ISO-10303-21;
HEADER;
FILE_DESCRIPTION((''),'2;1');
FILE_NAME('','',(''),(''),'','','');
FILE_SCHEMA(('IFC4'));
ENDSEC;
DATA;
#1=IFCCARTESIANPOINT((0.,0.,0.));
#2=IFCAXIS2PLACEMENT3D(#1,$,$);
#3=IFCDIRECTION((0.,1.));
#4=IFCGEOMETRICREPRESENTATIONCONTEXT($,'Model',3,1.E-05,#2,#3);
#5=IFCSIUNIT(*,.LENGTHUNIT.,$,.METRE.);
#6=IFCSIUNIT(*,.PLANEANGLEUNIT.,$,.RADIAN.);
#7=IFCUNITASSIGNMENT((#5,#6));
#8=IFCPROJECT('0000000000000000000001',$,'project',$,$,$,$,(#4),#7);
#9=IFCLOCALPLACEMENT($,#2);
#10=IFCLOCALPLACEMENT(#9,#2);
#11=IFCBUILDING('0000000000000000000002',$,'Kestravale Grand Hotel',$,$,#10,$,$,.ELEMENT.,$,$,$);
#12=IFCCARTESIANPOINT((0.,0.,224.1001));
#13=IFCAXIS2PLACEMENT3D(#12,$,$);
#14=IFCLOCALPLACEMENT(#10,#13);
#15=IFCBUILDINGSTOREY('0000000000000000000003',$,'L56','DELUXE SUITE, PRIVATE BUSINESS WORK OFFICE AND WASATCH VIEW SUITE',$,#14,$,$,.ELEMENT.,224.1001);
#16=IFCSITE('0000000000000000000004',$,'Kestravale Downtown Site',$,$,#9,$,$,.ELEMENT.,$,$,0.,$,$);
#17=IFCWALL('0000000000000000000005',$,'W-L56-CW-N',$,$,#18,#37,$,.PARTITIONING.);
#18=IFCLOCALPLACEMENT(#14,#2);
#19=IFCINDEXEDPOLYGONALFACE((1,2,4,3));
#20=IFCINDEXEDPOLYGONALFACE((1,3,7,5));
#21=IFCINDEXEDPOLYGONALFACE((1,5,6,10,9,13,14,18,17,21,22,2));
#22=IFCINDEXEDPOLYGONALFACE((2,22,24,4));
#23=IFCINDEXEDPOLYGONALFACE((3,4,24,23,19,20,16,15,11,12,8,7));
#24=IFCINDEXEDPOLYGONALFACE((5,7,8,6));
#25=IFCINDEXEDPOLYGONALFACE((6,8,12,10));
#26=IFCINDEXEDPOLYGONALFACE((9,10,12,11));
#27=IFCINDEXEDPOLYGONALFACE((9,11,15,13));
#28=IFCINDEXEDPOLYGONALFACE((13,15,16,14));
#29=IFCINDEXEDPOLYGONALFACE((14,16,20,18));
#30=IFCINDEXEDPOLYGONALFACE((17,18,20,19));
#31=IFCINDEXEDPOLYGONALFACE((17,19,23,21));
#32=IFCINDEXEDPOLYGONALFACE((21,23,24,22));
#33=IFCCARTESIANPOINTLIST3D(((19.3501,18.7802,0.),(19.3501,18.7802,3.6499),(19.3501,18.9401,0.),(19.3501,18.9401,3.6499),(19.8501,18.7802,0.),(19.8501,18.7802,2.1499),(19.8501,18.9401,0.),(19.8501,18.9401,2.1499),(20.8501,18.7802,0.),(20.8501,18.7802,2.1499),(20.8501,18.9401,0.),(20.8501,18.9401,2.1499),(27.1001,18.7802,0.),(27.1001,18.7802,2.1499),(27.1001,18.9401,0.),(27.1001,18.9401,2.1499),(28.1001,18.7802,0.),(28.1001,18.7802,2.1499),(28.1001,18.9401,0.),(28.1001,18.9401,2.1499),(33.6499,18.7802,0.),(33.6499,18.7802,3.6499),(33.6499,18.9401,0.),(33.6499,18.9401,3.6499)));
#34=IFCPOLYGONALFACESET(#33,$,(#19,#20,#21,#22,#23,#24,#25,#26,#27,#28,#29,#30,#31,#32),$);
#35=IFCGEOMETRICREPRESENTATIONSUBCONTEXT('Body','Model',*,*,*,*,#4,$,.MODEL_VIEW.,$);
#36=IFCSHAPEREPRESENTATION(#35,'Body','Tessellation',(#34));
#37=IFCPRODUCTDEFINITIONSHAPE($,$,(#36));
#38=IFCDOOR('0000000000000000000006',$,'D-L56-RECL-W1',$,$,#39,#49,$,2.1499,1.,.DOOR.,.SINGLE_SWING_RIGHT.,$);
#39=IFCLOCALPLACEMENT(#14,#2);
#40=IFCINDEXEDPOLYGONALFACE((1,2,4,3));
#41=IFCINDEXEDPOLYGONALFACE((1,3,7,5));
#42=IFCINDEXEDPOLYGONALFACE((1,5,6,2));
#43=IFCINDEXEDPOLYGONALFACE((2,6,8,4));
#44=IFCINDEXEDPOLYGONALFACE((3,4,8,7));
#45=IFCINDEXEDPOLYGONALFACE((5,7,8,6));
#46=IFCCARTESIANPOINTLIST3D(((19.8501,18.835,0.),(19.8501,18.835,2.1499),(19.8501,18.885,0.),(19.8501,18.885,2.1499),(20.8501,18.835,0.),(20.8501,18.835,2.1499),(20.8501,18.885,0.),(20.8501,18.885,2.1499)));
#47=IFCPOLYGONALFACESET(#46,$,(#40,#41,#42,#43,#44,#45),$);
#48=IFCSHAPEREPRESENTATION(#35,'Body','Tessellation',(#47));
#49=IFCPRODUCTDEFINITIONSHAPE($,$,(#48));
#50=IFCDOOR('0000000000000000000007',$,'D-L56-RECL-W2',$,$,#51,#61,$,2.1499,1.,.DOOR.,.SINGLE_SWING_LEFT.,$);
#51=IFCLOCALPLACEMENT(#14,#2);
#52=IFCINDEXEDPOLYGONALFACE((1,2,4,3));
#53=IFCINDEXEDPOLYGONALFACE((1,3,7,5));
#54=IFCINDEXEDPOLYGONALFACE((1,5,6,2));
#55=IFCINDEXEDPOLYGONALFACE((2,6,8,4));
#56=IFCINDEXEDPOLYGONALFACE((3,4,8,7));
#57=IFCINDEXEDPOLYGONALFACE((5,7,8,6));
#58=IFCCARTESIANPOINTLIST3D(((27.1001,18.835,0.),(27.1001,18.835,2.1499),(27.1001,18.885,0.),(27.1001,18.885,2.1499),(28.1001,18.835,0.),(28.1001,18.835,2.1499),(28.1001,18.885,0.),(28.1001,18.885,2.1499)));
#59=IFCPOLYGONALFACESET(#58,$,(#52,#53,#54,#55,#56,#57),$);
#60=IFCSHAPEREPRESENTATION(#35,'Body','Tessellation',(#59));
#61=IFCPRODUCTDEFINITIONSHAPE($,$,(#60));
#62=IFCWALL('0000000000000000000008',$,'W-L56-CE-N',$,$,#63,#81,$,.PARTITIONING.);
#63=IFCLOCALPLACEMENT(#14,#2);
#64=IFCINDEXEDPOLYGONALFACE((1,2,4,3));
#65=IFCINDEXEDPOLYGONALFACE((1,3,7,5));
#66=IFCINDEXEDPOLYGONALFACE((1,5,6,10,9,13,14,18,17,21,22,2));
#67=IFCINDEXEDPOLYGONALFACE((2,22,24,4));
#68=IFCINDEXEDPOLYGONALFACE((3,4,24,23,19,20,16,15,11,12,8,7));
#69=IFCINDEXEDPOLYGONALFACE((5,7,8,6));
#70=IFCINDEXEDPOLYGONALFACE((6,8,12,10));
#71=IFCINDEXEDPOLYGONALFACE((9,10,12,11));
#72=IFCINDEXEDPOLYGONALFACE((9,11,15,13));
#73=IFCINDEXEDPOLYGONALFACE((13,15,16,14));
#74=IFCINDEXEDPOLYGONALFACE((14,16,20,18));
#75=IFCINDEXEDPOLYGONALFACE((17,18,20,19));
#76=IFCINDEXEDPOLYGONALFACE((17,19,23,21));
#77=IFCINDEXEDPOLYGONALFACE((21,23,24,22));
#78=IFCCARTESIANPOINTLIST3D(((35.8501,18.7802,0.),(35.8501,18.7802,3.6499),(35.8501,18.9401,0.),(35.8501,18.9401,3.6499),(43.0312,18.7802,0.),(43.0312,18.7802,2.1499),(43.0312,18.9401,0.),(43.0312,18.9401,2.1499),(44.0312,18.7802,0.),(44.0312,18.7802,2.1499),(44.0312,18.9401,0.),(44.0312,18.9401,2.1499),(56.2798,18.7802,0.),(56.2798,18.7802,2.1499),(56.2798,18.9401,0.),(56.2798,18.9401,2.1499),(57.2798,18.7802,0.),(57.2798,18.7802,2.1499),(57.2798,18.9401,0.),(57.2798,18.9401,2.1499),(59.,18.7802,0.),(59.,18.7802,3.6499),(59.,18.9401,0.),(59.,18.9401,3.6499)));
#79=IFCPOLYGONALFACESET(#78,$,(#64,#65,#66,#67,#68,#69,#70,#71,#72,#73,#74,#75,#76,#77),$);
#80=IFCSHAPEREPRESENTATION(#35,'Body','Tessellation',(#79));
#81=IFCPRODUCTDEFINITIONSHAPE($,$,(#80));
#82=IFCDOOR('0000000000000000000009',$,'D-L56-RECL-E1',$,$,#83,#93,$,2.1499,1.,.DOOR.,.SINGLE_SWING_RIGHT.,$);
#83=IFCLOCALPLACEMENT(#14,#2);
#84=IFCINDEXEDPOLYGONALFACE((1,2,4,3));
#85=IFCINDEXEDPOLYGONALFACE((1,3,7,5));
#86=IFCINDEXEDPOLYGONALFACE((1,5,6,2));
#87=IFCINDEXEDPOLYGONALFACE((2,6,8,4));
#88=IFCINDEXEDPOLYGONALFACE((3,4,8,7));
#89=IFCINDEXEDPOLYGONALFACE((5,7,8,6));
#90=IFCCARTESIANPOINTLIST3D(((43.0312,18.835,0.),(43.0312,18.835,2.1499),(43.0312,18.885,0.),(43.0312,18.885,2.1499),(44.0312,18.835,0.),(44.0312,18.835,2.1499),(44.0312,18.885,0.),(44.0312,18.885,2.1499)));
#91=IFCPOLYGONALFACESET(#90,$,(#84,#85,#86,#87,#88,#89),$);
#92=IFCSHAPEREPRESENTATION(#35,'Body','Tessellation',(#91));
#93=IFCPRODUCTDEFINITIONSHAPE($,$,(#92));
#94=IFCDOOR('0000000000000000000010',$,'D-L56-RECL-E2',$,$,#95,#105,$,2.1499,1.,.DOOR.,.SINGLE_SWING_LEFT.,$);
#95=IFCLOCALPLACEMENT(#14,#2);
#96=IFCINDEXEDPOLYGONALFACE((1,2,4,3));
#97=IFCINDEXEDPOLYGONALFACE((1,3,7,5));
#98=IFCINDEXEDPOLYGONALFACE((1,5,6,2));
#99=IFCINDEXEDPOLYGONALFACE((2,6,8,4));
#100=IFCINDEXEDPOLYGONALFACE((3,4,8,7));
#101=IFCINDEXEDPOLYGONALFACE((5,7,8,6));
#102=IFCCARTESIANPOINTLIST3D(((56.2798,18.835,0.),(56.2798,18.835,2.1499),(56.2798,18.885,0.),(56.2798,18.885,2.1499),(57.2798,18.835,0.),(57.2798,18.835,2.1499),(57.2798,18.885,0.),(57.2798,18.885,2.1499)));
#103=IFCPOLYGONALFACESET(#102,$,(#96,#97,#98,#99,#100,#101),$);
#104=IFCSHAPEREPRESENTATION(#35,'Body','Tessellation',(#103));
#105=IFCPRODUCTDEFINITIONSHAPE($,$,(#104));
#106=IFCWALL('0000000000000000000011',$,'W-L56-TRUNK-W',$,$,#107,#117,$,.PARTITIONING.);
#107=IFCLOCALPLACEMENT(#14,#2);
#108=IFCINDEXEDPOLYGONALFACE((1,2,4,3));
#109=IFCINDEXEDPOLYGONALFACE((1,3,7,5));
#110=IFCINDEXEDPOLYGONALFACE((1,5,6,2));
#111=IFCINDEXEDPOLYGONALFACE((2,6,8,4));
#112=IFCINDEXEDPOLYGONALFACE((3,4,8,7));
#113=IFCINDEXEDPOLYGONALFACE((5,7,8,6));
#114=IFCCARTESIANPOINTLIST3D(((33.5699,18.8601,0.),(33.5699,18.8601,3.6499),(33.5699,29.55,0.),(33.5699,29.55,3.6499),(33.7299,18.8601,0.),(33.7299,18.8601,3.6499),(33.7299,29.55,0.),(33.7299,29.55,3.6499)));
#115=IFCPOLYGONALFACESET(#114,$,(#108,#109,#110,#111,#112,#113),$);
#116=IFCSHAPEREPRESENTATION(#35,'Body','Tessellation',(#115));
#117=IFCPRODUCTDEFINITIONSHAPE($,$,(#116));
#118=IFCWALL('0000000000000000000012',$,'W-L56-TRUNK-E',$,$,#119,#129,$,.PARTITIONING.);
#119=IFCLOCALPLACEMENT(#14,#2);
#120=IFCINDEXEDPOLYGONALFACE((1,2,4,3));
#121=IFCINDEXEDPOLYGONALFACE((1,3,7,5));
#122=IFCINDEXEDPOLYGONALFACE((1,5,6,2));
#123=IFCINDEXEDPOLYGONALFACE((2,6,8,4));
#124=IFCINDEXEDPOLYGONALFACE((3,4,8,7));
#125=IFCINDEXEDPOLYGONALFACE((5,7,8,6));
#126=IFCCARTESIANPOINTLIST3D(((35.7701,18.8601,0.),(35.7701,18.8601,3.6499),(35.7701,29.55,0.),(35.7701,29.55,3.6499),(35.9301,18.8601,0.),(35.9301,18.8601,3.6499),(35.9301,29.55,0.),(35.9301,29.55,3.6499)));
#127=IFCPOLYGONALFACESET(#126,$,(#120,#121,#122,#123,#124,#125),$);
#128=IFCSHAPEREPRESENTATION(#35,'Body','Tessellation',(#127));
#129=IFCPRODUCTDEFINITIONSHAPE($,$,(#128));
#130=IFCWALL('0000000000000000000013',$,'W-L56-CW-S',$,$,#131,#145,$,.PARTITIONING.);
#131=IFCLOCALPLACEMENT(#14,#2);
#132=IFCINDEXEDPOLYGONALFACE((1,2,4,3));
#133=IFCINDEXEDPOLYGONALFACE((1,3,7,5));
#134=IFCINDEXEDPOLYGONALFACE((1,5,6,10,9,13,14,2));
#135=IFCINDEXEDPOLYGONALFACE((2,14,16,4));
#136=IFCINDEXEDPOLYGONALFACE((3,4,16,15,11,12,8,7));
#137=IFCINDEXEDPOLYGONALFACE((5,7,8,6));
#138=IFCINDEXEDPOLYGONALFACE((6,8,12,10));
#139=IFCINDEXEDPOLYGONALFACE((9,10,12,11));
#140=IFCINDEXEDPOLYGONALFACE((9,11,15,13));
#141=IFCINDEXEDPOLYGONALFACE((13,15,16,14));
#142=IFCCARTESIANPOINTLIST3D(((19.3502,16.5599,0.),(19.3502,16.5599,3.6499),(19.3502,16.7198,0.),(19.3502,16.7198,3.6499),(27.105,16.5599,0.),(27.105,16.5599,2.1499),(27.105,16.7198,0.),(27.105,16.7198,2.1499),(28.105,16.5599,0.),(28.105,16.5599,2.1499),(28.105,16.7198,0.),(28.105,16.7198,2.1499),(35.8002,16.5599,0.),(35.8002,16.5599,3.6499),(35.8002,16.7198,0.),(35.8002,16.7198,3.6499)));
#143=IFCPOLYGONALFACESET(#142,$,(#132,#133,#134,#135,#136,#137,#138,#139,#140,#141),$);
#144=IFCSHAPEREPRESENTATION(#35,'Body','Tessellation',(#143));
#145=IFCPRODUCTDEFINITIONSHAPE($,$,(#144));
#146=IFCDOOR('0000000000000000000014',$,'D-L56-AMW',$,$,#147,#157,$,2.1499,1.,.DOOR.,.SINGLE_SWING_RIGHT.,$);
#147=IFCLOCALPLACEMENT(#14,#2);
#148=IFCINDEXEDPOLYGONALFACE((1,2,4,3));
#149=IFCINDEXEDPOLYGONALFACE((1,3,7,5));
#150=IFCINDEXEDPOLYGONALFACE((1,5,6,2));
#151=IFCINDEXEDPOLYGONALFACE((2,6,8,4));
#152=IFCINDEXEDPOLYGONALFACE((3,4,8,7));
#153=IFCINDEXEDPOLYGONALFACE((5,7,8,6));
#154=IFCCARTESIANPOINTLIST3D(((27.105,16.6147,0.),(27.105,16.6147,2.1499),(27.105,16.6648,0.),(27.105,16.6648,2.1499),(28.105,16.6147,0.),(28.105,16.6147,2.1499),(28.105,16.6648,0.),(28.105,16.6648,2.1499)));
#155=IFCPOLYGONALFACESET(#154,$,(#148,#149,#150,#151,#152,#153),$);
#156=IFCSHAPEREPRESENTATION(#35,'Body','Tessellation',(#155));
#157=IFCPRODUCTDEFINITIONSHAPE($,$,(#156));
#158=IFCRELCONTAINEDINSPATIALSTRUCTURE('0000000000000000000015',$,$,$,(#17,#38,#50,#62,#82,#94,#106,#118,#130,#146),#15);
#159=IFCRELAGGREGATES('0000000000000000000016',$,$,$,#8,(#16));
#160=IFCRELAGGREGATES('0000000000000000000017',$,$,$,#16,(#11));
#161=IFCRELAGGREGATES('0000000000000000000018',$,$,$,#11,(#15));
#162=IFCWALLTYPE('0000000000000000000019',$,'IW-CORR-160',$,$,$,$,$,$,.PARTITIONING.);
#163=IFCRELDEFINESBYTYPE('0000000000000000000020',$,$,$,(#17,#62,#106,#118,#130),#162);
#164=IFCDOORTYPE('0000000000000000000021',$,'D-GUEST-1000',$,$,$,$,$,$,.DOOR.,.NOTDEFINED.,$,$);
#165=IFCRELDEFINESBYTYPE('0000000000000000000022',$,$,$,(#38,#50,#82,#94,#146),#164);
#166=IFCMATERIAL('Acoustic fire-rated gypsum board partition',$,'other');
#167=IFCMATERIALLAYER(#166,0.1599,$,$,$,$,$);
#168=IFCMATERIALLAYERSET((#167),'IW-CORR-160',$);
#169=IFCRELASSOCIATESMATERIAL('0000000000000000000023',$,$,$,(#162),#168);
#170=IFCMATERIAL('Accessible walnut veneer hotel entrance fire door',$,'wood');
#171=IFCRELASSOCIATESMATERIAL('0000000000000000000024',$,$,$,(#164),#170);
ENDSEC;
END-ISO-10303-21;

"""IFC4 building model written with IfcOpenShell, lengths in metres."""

from ifc_helpers import new_model, si_unit, direction, frame, frame_2d, origin, place, context, subcontext, project, spatial, rectangle, extrude, material, layer, layer_set, type_object, element, fill, save


model = new_model("IFC4")

# Units and contexts
model_context = context("Model", 3, precision=1e-05, world=origin(), true_north=direction((0.0, 1.0)))
body_context = subcontext(model_context, "Body", "Model", "MODEL_VIEW")
ifc_project = project(units=[si_unit("LENGTHUNIT", "METRE"), si_unit("PLANEANGLEUNIT", "RADIAN")], contexts=[model_context])

# Site, building, storey
site_placement = place(None, origin())
site = spatial("IfcSite", under=ifc_project, at=site_placement, Name="Kestravale Downtown Site", CompositionType="ELEMENT", RefElevation=0.0)
building_placement = place(site_placement, origin())
building = spatial("IfcBuilding", under=site, at=building_placement, Name="Kestravale Grand Hotel", CompositionType="ELEMENT")
storey_placement = place(building_placement, frame((0.0, 0.0, 224.1001)))
storey = spatial("IfcBuildingStorey", under=building, at=storey_placement, Name="L56", Description="DELUXE SUITE, PRIVATE BUSINESS WORK OFFICE AND WASATCH VIEW SUITE", CompositionType="ELEMENT", Elevation=224.1001)

# Walls, openings, doors
ifc_material_1 = material(Name="Acoustic fire-rated gypsum board partition", Category="other")
ifc_layer_1 = layer(ifc_material_1, 0.1599)
ifc_layer_set_1 = layer_set([ifc_layer_1], Name="IW-CORR-160")
wall_type_1 = type_object("IfcWallType", Name="IW-CORR-160", PredefinedType="PARTITIONING", material=ifc_layer_set_1)
wall_1_placement = place(storey_placement, frame((19.3501, 18.8601, 0.0), z_axis=(0.0, 0.0, 1.0), x_axis=(1.0, 0.0, 0.0)))
wall_1 = element("IfcWall", 1, at=wall_1_placement, inside=storey, type_object=wall_type_1, Name="W-L56-CW-N", PredefinedType="PARTITIONING", context=body_context, shape_type="SweptSolid", body=[
    extrude(rectangle(XDim=14.2998, YDim=0.1599, at=frame_2d((7.1499, 0.0))), origin(), (0.0, 0.0, 1.0), 3.6499),
])
opening_1_placement = place(wall_1_placement, frame((0.5, 0.0, 0.0)))
opening_1 = element("IfcOpeningElement", 2, at=opening_1_placement, cuts=wall_1, PredefinedType="OPENING", context=body_context, shape_type="SweptSolid", body=[
    extrude(rectangle(XDim=1.0, YDim=2.1499, at=frame_2d((0.5, 1.075))), frame((0.0, 0.0898, 0.0), z_axis=(0.0, -1.0, 0.0), x_axis=(1.0, 0.0, 0.0)), (0.0, 0.0, 1.0), 0.1799),
])
opening_2_placement = place(wall_1_placement, frame((7.75, 0.0, 0.0)))
opening_2 = element("IfcOpeningElement", 3, at=opening_2_placement, cuts=wall_1, PredefinedType="OPENING", context=body_context, shape_type="SweptSolid", body=[
    extrude(rectangle(XDim=1.0, YDim=2.1499, at=frame_2d((0.5, 1.075))), frame((0.0, 0.0898, 0.0), z_axis=(0.0, -1.0, 0.0), x_axis=(1.0, 0.0, 0.0)), (0.0, 0.0, 1.0), 0.1799),
])
ifc_material_2 = material(Name="Accessible walnut veneer hotel entrance fire door", Category="wood")
door_type_1 = type_object("IfcDoorType", Name="D-GUEST-1000", OperationType="NOTDEFINED", PredefinedType="DOOR", material=ifc_material_2)
door_1_placement = place(opening_1_placement, origin())
door_1 = element("IfcDoor", 4, at=door_1_placement, inside=storey, type_object=door_type_1, Name="D-L56-RECL-W1", OperationType="SINGLE_SWING_RIGHT", OverallHeight=2.1499, OverallWidth=1.0, PredefinedType="DOOR", context=body_context, shape_type="SweptSolid", body=[
    extrude(rectangle(XDim=1.0, YDim=2.1499, at=frame_2d((0.5, 1.075))), frame((0.0, 0.0249, 0.0), z_axis=(0.0, -1.0, 0.0), x_axis=(1.0, 0.0, 0.0)), (0.0, 0.0, 1.0), 0.05),
])
fill(opening_1, door_1)
door_2_placement = place(opening_2_placement, origin())
door_2 = element("IfcDoor", 5, at=door_2_placement, inside=storey, type_object=door_type_1, Name="D-L56-RECL-W2", OperationType="SINGLE_SWING_LEFT", OverallHeight=2.1499, OverallWidth=1.0, PredefinedType="DOOR", context=body_context, shape_type="SweptSolid", body=[
    extrude(rectangle(XDim=1.0, YDim=2.1499, at=frame_2d((0.5, 1.075))), frame((0.0, 0.0249, 0.0), z_axis=(0.0, -1.0, 0.0), x_axis=(1.0, 0.0, 0.0)), (0.0, 0.0, 1.0), 0.05),
])
fill(opening_2, door_2)
wall_2_placement = place(storey_placement, frame((35.8501, 18.8601, 0.0), z_axis=(0.0, 0.0, 1.0), x_axis=(1.0, 0.0, 0.0)))
wall_2 = element("IfcWall", 6, at=wall_2_placement, inside=storey, type_object=wall_type_1, Name="W-L56-CE-N", PredefinedType="PARTITIONING", context=body_context, shape_type="SweptSolid", body=[
    extrude(rectangle(XDim=23.1499, YDim=0.1599, at=frame_2d((11.575, 0.0))), origin(), (0.0, 0.0, 1.0), 3.6499),
])
opening_3_placement = place(wall_2_placement, frame((7.1812, 0.0, 0.0)))
opening_3 = element("IfcOpeningElement", 7, at=opening_3_placement, cuts=wall_2, PredefinedType="OPENING", context=body_context, shape_type="SweptSolid", body=[
    extrude(rectangle(XDim=1.0, YDim=2.1499, at=frame_2d((0.5, 1.075))), frame((0.0, 0.0898, 0.0), z_axis=(0.0, -1.0, 0.0), x_axis=(1.0, 0.0, 0.0)), (0.0, 0.0, 1.0), 0.1799),
])
opening_4_placement = place(wall_2_placement, frame((20.4297, 0.0, 0.0)))
opening_4 = element("IfcOpeningElement", 8, at=opening_4_placement, cuts=wall_2, PredefinedType="OPENING", context=body_context, shape_type="SweptSolid", body=[
    extrude(rectangle(XDim=1.0, YDim=2.1499, at=frame_2d((0.5, 1.075))), frame((0.0, 0.0898, 0.0), z_axis=(0.0, -1.0, 0.0), x_axis=(1.0, 0.0, 0.0)), (0.0, 0.0, 1.0), 0.1799),
])
door_3_placement = place(opening_3_placement, origin())
door_3 = element("IfcDoor", 9, at=door_3_placement, inside=storey, type_object=door_type_1, Name="D-L56-RECL-E1", OperationType="SINGLE_SWING_RIGHT", OverallHeight=2.1499, OverallWidth=1.0, PredefinedType="DOOR", context=body_context, shape_type="SweptSolid", body=[
    extrude(rectangle(XDim=1.0, YDim=2.1499, at=frame_2d((0.5, 1.075))), frame((0.0, 0.0249, 0.0), z_axis=(0.0, -1.0, 0.0), x_axis=(1.0, 0.0, 0.0)), (0.0, 0.0, 1.0), 0.05),
])
fill(opening_3, door_3)
door_4_placement = place(opening_4_placement, origin())
door_4 = element("IfcDoor", 10, at=door_4_placement, inside=storey, type_object=door_type_1, Name="D-L56-RECL-E2", OperationType="SINGLE_SWING_LEFT", OverallHeight=2.1499, OverallWidth=1.0, PredefinedType="DOOR", context=body_context, shape_type="SweptSolid", body=[
    extrude(rectangle(XDim=1.0, YDim=2.1499, at=frame_2d((0.5, 1.075))), frame((0.0, 0.0249, 0.0), z_axis=(0.0, -1.0, 0.0), x_axis=(1.0, 0.0, 0.0)), (0.0, 0.0, 1.0), 0.05),
])
fill(opening_4, door_4)

# Walls
for number, where, z_axis, x_axis, name in (
    (11, (33.6499, 18.8601, 0.0), (0.0, 0.0, 1.0), (0.0, 1.0, 0.0), "W-L56-TRUNK-W"),
    (12, (35.8501, 18.8601, 0.0), (0.0, 0.0, 1.0), (0.0, 1.0, 0.0), "W-L56-TRUNK-E"),
):
    element("IfcWall", number, at=place(storey_placement, frame(where, z_axis=z_axis, x_axis=x_axis)), inside=storey, type_object=wall_type_1, Name=name, PredefinedType="PARTITIONING", context=body_context, shape_type="SweptSolid", body=[
        extrude(rectangle(XDim=10.6899, YDim=0.1599, at=frame_2d((5.345, 0.0))), origin(), (0.0, 0.0, 1.0), 3.6499),
    ])

# Wall, opening, door
wall_3_placement = place(storey_placement, frame((19.3501, 16.6399, 0.0), z_axis=(0.0, 0.0, 1.0), x_axis=(1.0, 0.0, 0.0)))
wall_3 = element("IfcWall", 13, at=wall_3_placement, inside=storey, type_object=wall_type_1, Name="W-L56-CW-S", PredefinedType="PARTITIONING", context=body_context, shape_type="SweptSolid", body=[
    extrude(rectangle(XDim=16.45, YDim=0.1599, at=frame_2d((8.2251, 0.0))), origin(), (0.0, 0.0, 1.0), 3.6499),
])
opening_5_placement = place(wall_3_placement, frame((7.7549, 0.0, 0.0)))
opening_5 = element("IfcOpeningElement", 14, at=opening_5_placement, cuts=wall_3, PredefinedType="OPENING", context=body_context, shape_type="SweptSolid", body=[
    extrude(rectangle(XDim=1.0, YDim=2.1499, at=frame_2d((0.5, 1.075))), frame((0.0, 0.0898, 0.0), z_axis=(0.0, -1.0, 0.0), x_axis=(1.0, 0.0, 0.0)), (0.0, 0.0, 1.0), 0.1799),
])
door_5_placement = place(opening_5_placement, origin())
door_5 = element("IfcDoor", 15, at=door_5_placement, inside=storey, type_object=door_type_1, Name="D-L56-AMW", OperationType="SINGLE_SWING_RIGHT", OverallHeight=2.1499, OverallWidth=1.0, PredefinedType="DOOR", context=body_context, shape_type="SweptSolid", body=[
    extrude(rectangle(XDim=1.0, YDim=2.1499, at=frame_2d((0.5, 1.075))), frame((0.0, 0.0249, 0.0), z_axis=(0.0, -1.0, 0.0), x_axis=(1.0, 0.0, 0.0)), (0.0, 0.0, 1.0), 0.05),
])
fill(opening_5, door_5)

save(model, "model.ifc")
